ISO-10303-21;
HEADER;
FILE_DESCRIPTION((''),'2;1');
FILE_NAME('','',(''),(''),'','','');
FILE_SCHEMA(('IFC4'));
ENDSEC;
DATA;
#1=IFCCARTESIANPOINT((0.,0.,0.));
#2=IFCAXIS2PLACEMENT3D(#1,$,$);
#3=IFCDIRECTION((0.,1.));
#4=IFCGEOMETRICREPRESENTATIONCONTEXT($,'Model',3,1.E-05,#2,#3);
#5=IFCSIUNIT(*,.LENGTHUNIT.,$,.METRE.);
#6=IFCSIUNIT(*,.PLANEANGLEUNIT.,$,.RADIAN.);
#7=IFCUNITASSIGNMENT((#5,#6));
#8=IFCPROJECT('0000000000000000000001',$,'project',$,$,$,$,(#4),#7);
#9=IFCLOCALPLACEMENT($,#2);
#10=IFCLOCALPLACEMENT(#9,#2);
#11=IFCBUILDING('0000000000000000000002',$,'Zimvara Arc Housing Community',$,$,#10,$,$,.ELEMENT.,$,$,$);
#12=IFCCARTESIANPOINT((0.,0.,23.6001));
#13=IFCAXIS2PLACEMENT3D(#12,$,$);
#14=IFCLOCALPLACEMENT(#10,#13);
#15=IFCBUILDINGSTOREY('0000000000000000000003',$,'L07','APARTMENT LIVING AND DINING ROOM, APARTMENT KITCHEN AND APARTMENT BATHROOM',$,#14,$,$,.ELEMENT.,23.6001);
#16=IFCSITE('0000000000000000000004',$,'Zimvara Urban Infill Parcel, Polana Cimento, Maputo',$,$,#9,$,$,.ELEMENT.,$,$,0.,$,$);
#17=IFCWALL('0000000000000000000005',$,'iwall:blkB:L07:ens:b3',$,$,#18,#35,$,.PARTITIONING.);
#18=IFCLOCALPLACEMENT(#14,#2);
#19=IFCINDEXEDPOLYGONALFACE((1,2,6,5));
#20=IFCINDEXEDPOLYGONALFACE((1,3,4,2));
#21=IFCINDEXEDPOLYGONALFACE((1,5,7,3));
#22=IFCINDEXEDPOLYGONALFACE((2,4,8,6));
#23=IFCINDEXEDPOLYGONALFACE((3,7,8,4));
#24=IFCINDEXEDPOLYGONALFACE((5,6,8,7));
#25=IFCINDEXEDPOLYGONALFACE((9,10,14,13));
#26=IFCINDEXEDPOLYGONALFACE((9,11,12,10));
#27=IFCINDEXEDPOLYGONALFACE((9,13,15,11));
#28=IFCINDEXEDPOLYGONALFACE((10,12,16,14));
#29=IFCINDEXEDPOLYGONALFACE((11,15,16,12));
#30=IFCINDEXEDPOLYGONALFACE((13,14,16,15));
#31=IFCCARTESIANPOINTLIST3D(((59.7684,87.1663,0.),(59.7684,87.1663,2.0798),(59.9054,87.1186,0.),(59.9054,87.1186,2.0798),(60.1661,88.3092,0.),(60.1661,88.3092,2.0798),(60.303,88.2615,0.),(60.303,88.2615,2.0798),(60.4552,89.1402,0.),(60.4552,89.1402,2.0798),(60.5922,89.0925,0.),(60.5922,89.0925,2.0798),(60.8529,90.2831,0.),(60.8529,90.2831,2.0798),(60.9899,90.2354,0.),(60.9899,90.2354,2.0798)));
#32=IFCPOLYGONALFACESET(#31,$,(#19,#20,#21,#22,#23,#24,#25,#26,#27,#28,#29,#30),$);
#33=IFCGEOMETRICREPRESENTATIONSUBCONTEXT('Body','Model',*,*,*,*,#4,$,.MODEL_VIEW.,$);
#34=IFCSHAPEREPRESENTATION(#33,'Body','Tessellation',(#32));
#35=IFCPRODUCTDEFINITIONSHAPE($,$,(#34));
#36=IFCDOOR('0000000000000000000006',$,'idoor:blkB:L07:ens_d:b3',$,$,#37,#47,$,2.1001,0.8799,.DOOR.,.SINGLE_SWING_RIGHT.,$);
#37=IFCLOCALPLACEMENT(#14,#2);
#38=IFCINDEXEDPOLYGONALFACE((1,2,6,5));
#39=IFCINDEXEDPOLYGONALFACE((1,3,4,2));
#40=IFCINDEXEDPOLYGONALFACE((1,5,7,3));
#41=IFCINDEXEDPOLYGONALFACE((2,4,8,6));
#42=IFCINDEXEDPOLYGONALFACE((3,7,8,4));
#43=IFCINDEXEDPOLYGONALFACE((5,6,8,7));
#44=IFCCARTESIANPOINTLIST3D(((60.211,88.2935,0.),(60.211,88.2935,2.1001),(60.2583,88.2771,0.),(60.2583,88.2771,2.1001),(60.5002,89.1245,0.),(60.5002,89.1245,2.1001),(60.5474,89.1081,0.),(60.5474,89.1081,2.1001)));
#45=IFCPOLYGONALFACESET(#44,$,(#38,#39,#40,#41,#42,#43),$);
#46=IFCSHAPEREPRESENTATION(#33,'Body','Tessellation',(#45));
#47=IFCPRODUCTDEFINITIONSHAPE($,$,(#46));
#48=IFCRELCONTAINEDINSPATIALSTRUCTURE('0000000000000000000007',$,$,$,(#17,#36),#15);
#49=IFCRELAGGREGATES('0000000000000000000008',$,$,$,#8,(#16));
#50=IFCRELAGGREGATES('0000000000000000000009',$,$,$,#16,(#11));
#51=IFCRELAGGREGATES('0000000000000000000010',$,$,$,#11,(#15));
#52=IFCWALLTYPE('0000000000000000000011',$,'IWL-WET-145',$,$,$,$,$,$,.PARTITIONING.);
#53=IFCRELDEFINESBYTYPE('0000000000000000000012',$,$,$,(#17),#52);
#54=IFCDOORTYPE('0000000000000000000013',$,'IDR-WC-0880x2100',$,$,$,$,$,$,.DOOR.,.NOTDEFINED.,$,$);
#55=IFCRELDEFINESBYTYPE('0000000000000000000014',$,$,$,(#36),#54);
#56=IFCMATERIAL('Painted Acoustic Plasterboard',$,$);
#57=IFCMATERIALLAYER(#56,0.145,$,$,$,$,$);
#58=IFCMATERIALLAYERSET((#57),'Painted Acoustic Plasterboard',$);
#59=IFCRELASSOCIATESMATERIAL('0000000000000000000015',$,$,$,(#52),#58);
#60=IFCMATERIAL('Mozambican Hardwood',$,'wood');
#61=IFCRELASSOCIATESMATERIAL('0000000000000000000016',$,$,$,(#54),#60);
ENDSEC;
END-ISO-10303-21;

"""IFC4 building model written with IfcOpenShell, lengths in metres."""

from ifc_helpers import new_model, si_unit, direction, frame, frame_2d, origin, place, context, subcontext, project, spatial, rectangle, extrude, material, layer, layer_set, type_object, element, fill, save


model = new_model("IFC4")

# Units and contexts
model_context = context("Model", 3, precision=1e-05, world=origin(), true_north=direction((0.0, 1.0)))
body_context = subcontext(model_context, "Body", "Model", "MODEL_VIEW")
ifc_project = project(units=[si_unit("LENGTHUNIT", "METRE"), si_unit("PLANEANGLEUNIT", "RADIAN")], contexts=[model_context])

# Site, building, storey
site_placement = place(None, origin())
site = spatial("IfcSite", under=ifc_project, at=site_placement, Name="Zimvara Urban Infill Parcel, Polana Cimento, Maputo", CompositionType="ELEMENT", RefElevation=0.0)
building_placement = place(site_placement, origin())
building = spatial("IfcBuilding", under=site, at=building_placement, Name="Zimvara Arc Housing Community", CompositionType="ELEMENT")
storey_placement = place(building_placement, frame((0.0, 0.0, 23.6001)))
storey = spatial("IfcBuildingStorey", under=building, at=storey_placement, Name="L07", Description="APARTMENT LIVING AND DINING ROOM, APARTMENT KITCHEN AND APARTMENT BATHROOM", CompositionType="ELEMENT", Elevation=23.6001)

# Wall, opening, door
ifc_material_1 = material(Name="Painted Acoustic Plasterboard")
ifc_layer_1 = layer(ifc_material_1, 0.145)
ifc_layer_set_1 = layer_set([ifc_layer_1], Name="Painted Acoustic Plasterboard")
wall_type_1 = type_object("IfcWallType", Name="IWL-WET-145", PredefinedType="PARTITIONING", material=ifc_layer_set_1)
wall_1_placement = place(storey_placement, frame((59.8369, 87.1426, 0.0), z_axis=(0.0, 0.0, 1.0), x_axis=(0.32863, 0.944459, 0.0)))
wall_1 = element("IfcWall", 1, at=wall_1_placement, inside=storey, type_object=wall_type_1, Name="iwall:blkB:L07:ens:b3", PredefinedType="PARTITIONING", context=body_context, shape_type="SweptSolid", body=[
    extrude(rectangle(XDim=3.3, YDim=0.145, at=frame_2d((1.6499, 0.0))), origin(), (0.0, 0.0, 1.0), 2.0798),
])
opening_1_placement = place(wall_1_placement, frame((1.21, 0.0, 0.0)))
opening_1 = element("IfcOpeningElement", 2, at=opening_1_placement, cuts=wall_1, PredefinedType="OPENING", context=body_context, shape_type="SweptSolid", body=[
    extrude(rectangle(XDim=0.8799, YDim=2.1001, at=frame_2d((0.4399, 1.05))), frame((0.0, 0.0825, 0.0), z_axis=(0.0, -1.0, 0.0), x_axis=(1.0, 0.0, 0.0)), (0.0, 0.0, 1.0), 0.165),
])
ifc_material_2 = material(Name="Mozambican Hardwood", Category="wood")
door_type_1 = type_object("IfcDoorType", Name="IDR-WC-0880x2100", OperationType="NOTDEFINED", PredefinedType="DOOR", material=ifc_material_2)
door_1_placement = place(opening_1_placement, origin())
door_1 = element("IfcDoor", 3, at=door_1_placement, inside=storey, type_object=door_type_1, Name="idoor:blkB:L07:ens_d:b3", OperationType="SINGLE_SWING_RIGHT", OverallHeight=2.1001, OverallWidth=0.8799, PredefinedType="DOOR", context=body_context, shape_type="SweptSolid", body=[
    extrude(rectangle(XDim=0.8799, YDim=2.1001, at=frame_2d((0.4399, 1.05))), frame((0.0, 0.0249, 0.0), z_axis=(0.0, -1.0, 0.0), x_axis=(1.0, 0.0, 0.0)), (0.0, 0.0, 1.0), 0.05),
])
fill(opening_1, door_1)

save(model, "model.ifc")
